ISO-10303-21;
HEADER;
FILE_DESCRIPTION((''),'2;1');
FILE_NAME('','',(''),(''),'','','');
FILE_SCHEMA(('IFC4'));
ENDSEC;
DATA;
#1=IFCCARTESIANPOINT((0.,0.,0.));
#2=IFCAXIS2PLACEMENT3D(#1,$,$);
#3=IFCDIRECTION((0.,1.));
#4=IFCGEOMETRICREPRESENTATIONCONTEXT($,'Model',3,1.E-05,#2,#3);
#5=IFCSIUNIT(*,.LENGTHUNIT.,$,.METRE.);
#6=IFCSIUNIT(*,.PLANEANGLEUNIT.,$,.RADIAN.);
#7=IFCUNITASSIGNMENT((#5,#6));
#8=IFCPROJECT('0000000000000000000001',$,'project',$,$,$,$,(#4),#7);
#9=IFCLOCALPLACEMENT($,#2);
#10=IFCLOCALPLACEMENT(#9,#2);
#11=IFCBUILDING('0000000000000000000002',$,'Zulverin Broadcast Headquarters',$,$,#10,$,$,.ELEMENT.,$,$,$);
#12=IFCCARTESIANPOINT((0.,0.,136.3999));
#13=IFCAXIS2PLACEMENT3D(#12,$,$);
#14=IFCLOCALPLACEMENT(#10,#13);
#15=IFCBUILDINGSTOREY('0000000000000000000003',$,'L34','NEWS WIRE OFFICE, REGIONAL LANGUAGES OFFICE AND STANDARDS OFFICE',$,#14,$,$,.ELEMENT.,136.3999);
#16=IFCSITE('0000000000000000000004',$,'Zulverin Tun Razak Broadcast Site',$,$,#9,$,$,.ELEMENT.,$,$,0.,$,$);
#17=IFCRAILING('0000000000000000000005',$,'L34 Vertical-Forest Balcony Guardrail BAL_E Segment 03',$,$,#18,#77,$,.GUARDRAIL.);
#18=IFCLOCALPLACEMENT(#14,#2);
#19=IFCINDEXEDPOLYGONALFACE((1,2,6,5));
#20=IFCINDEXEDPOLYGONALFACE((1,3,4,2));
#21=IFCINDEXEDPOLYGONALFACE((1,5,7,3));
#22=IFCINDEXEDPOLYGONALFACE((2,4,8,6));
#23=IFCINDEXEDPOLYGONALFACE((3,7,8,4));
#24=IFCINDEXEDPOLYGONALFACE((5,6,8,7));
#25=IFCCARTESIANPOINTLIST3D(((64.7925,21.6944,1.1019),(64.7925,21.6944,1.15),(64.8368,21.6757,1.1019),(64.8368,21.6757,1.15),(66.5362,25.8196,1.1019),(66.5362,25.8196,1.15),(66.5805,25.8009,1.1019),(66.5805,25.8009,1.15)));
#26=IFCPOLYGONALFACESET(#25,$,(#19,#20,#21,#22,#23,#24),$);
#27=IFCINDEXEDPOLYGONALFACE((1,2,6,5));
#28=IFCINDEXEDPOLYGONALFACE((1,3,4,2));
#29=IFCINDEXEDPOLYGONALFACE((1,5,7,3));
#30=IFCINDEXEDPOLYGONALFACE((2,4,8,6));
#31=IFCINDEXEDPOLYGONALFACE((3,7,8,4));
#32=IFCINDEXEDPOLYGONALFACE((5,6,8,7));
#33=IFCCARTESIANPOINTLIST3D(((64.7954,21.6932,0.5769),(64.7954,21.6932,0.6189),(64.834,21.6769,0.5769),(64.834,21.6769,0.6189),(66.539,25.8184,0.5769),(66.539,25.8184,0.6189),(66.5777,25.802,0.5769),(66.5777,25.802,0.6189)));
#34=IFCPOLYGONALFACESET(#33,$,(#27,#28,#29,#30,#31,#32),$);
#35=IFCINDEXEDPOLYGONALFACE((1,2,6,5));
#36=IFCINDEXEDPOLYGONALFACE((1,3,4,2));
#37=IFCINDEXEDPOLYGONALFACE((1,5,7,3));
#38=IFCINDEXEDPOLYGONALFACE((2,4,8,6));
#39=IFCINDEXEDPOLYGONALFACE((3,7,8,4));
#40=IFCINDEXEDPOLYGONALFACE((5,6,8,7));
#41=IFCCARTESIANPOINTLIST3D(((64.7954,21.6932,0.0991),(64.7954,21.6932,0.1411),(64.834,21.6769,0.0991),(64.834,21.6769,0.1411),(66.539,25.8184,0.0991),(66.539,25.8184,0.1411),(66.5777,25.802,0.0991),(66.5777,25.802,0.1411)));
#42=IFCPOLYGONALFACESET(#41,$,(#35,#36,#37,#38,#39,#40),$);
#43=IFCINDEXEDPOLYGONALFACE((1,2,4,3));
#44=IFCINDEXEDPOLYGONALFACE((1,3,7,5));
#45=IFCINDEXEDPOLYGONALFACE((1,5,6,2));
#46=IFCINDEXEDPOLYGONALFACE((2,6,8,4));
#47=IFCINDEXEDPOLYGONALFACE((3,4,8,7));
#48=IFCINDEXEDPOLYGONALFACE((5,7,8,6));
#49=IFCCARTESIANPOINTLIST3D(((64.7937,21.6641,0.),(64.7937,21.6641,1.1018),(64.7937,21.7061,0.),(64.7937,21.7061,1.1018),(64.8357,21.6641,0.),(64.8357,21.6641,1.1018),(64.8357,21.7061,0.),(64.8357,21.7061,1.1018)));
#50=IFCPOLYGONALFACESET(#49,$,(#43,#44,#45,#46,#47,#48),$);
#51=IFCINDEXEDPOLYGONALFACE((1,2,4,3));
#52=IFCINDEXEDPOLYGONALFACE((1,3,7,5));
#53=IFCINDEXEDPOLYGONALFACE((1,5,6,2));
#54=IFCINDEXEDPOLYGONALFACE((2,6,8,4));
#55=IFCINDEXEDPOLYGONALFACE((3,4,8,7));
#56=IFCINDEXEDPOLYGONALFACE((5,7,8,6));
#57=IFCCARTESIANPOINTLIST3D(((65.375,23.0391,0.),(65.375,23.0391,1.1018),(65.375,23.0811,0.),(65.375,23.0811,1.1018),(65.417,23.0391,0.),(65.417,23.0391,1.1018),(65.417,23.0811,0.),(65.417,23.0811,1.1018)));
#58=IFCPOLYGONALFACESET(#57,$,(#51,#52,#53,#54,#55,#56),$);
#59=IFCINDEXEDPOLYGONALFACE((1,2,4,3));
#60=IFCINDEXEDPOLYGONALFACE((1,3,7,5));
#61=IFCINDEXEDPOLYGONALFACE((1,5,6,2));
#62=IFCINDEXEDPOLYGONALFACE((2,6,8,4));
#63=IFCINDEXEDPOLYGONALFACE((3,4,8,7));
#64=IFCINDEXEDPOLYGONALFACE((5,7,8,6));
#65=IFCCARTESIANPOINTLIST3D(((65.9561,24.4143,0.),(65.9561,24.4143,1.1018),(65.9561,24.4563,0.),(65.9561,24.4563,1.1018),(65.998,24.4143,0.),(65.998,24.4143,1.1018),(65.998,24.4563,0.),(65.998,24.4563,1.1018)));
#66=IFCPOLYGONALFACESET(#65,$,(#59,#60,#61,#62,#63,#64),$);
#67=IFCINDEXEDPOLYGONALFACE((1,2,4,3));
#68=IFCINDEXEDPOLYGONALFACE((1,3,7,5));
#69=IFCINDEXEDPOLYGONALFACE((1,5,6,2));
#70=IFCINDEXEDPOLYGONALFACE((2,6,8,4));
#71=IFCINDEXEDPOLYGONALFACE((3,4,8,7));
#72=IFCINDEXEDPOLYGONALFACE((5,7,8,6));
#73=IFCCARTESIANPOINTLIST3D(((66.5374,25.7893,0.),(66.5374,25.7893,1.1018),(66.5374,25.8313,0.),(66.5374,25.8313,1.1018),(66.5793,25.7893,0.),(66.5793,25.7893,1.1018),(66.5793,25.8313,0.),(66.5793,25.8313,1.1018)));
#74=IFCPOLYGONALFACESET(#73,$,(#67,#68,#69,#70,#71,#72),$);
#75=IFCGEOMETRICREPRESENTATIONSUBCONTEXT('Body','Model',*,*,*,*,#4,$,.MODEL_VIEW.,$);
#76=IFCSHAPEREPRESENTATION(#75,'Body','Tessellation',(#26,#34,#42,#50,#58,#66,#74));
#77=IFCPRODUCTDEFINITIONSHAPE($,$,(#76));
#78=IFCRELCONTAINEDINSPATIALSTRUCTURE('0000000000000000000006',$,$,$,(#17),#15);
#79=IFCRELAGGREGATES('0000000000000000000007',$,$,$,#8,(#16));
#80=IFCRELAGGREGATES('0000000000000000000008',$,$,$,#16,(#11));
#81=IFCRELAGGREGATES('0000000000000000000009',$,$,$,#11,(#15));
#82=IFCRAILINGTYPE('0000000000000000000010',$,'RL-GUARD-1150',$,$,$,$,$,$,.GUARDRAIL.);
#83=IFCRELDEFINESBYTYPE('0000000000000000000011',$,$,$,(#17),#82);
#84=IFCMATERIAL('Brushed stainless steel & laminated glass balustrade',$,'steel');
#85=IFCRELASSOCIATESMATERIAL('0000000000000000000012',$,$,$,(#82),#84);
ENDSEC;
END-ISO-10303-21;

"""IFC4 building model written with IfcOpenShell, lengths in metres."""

from ifc_helpers import new_model, si_unit, direction, frame, origin, origin_2d, place, context, subcontext, project, spatial, rectangle, extrude, material, type_object, element, save


model = new_model("IFC4")

# Units and contexts
model_context = context("Model", 3, precision=1e-05, world=origin(), true_north=direction((0.0, 1.0)))
body_context = subcontext(model_context, "Body", "Model", "MODEL_VIEW")
ifc_project = project(units=[si_unit("LENGTHUNIT", "METRE"), si_unit("PLANEANGLEUNIT", "RADIAN")], contexts=[model_context])

# Site, building, storey
site_placement = place(None, origin())
site = spatial("IfcSite", under=ifc_project, at=site_placement, Name="Zulverin Tun Razak Broadcast Site", CompositionType="ELEMENT", RefElevation=0.0)
building_placement = place(site_placement, origin())
building = spatial("IfcBuilding", under=site, at=building_placement, Name="Zulverin Broadcast Headquarters", CompositionType="ELEMENT")
storey_placement = place(building_placement, frame((0.0, 0.0, 136.3999)))
storey = spatial("IfcBuildingStorey", under=building, at=storey_placement, Name="L34", Description="NEWS WIRE OFFICE, REGIONAL LANGUAGES OFFICE AND STANDARDS OFFICE", CompositionType="ELEMENT", Elevation=136.3999)

# Railing
ifc_material_1 = material(Name="Brushed stainless steel & laminated glass balustrade", Category="steel")
railing_type = type_object("IfcRailingType", Name="RL-GUARD-1150", PredefinedType="GUARDRAIL", material=ifc_material_1)
railing_1_placement = place(storey_placement, frame((64.8147, 21.6851, 0.0)))
element("IfcRailing", 1, at=railing_1_placement, inside=storey, type_object=railing_type, Name="L34 Vertical-Forest Balcony Guardrail BAL_E Segment 03", PredefinedType="GUARDRAIL", context=body_context, shape_type="SweptSolid", body=[
    extrude(rectangle(XDim=0.0481, YDim=0.0481, at=origin_2d()), frame((0.0, 0.0, 1.126), z_axis=(0.389329, 0.921099, 0.0), x_axis=(-0.921099, 0.389329, 0.0)), (0.0, 0.0, 1.0), 4.4785),
    extrude(rectangle(XDim=0.042, YDim=0.042, at=origin_2d()), frame((0.0, 0.0, 0.5979), z_axis=(0.389329, 0.921099, 0.0), x_axis=(-0.921099, 0.389329, 0.0)), (0.0, 0.0, 1.0), 4.4785),
    extrude(rectangle(XDim=0.042, YDim=0.042, at=origin_2d()), frame((0.0, 0.0, 0.1201), z_axis=(0.389329, 0.921099, 0.0), x_axis=(-0.921099, 0.389329, 0.0)), (0.0, 0.0, 1.0), 4.4785),
    extrude(rectangle(XDim=0.042, YDim=0.042, at=origin_2d()), origin(), (0.0, 0.0, 1.0), 1.1018),
    extrude(rectangle(XDim=0.042, YDim=0.042, at=origin_2d()), frame((0.5813, 1.375, 0.0)), (0.0, 0.0, 1.0), 1.1018),
    extrude(rectangle(XDim=0.042, YDim=0.042, at=origin_2d()), frame((1.1624, 2.7502, 0.0)), (0.0, 0.0, 1.0), 1.1018),
    extrude(rectangle(XDim=0.042, YDim=0.042, at=origin_2d()), frame((1.7437, 4.1252, 0.0)), (0.0, 0.0, 1.0), 1.1018),
])

save(model, "model.ifc")
